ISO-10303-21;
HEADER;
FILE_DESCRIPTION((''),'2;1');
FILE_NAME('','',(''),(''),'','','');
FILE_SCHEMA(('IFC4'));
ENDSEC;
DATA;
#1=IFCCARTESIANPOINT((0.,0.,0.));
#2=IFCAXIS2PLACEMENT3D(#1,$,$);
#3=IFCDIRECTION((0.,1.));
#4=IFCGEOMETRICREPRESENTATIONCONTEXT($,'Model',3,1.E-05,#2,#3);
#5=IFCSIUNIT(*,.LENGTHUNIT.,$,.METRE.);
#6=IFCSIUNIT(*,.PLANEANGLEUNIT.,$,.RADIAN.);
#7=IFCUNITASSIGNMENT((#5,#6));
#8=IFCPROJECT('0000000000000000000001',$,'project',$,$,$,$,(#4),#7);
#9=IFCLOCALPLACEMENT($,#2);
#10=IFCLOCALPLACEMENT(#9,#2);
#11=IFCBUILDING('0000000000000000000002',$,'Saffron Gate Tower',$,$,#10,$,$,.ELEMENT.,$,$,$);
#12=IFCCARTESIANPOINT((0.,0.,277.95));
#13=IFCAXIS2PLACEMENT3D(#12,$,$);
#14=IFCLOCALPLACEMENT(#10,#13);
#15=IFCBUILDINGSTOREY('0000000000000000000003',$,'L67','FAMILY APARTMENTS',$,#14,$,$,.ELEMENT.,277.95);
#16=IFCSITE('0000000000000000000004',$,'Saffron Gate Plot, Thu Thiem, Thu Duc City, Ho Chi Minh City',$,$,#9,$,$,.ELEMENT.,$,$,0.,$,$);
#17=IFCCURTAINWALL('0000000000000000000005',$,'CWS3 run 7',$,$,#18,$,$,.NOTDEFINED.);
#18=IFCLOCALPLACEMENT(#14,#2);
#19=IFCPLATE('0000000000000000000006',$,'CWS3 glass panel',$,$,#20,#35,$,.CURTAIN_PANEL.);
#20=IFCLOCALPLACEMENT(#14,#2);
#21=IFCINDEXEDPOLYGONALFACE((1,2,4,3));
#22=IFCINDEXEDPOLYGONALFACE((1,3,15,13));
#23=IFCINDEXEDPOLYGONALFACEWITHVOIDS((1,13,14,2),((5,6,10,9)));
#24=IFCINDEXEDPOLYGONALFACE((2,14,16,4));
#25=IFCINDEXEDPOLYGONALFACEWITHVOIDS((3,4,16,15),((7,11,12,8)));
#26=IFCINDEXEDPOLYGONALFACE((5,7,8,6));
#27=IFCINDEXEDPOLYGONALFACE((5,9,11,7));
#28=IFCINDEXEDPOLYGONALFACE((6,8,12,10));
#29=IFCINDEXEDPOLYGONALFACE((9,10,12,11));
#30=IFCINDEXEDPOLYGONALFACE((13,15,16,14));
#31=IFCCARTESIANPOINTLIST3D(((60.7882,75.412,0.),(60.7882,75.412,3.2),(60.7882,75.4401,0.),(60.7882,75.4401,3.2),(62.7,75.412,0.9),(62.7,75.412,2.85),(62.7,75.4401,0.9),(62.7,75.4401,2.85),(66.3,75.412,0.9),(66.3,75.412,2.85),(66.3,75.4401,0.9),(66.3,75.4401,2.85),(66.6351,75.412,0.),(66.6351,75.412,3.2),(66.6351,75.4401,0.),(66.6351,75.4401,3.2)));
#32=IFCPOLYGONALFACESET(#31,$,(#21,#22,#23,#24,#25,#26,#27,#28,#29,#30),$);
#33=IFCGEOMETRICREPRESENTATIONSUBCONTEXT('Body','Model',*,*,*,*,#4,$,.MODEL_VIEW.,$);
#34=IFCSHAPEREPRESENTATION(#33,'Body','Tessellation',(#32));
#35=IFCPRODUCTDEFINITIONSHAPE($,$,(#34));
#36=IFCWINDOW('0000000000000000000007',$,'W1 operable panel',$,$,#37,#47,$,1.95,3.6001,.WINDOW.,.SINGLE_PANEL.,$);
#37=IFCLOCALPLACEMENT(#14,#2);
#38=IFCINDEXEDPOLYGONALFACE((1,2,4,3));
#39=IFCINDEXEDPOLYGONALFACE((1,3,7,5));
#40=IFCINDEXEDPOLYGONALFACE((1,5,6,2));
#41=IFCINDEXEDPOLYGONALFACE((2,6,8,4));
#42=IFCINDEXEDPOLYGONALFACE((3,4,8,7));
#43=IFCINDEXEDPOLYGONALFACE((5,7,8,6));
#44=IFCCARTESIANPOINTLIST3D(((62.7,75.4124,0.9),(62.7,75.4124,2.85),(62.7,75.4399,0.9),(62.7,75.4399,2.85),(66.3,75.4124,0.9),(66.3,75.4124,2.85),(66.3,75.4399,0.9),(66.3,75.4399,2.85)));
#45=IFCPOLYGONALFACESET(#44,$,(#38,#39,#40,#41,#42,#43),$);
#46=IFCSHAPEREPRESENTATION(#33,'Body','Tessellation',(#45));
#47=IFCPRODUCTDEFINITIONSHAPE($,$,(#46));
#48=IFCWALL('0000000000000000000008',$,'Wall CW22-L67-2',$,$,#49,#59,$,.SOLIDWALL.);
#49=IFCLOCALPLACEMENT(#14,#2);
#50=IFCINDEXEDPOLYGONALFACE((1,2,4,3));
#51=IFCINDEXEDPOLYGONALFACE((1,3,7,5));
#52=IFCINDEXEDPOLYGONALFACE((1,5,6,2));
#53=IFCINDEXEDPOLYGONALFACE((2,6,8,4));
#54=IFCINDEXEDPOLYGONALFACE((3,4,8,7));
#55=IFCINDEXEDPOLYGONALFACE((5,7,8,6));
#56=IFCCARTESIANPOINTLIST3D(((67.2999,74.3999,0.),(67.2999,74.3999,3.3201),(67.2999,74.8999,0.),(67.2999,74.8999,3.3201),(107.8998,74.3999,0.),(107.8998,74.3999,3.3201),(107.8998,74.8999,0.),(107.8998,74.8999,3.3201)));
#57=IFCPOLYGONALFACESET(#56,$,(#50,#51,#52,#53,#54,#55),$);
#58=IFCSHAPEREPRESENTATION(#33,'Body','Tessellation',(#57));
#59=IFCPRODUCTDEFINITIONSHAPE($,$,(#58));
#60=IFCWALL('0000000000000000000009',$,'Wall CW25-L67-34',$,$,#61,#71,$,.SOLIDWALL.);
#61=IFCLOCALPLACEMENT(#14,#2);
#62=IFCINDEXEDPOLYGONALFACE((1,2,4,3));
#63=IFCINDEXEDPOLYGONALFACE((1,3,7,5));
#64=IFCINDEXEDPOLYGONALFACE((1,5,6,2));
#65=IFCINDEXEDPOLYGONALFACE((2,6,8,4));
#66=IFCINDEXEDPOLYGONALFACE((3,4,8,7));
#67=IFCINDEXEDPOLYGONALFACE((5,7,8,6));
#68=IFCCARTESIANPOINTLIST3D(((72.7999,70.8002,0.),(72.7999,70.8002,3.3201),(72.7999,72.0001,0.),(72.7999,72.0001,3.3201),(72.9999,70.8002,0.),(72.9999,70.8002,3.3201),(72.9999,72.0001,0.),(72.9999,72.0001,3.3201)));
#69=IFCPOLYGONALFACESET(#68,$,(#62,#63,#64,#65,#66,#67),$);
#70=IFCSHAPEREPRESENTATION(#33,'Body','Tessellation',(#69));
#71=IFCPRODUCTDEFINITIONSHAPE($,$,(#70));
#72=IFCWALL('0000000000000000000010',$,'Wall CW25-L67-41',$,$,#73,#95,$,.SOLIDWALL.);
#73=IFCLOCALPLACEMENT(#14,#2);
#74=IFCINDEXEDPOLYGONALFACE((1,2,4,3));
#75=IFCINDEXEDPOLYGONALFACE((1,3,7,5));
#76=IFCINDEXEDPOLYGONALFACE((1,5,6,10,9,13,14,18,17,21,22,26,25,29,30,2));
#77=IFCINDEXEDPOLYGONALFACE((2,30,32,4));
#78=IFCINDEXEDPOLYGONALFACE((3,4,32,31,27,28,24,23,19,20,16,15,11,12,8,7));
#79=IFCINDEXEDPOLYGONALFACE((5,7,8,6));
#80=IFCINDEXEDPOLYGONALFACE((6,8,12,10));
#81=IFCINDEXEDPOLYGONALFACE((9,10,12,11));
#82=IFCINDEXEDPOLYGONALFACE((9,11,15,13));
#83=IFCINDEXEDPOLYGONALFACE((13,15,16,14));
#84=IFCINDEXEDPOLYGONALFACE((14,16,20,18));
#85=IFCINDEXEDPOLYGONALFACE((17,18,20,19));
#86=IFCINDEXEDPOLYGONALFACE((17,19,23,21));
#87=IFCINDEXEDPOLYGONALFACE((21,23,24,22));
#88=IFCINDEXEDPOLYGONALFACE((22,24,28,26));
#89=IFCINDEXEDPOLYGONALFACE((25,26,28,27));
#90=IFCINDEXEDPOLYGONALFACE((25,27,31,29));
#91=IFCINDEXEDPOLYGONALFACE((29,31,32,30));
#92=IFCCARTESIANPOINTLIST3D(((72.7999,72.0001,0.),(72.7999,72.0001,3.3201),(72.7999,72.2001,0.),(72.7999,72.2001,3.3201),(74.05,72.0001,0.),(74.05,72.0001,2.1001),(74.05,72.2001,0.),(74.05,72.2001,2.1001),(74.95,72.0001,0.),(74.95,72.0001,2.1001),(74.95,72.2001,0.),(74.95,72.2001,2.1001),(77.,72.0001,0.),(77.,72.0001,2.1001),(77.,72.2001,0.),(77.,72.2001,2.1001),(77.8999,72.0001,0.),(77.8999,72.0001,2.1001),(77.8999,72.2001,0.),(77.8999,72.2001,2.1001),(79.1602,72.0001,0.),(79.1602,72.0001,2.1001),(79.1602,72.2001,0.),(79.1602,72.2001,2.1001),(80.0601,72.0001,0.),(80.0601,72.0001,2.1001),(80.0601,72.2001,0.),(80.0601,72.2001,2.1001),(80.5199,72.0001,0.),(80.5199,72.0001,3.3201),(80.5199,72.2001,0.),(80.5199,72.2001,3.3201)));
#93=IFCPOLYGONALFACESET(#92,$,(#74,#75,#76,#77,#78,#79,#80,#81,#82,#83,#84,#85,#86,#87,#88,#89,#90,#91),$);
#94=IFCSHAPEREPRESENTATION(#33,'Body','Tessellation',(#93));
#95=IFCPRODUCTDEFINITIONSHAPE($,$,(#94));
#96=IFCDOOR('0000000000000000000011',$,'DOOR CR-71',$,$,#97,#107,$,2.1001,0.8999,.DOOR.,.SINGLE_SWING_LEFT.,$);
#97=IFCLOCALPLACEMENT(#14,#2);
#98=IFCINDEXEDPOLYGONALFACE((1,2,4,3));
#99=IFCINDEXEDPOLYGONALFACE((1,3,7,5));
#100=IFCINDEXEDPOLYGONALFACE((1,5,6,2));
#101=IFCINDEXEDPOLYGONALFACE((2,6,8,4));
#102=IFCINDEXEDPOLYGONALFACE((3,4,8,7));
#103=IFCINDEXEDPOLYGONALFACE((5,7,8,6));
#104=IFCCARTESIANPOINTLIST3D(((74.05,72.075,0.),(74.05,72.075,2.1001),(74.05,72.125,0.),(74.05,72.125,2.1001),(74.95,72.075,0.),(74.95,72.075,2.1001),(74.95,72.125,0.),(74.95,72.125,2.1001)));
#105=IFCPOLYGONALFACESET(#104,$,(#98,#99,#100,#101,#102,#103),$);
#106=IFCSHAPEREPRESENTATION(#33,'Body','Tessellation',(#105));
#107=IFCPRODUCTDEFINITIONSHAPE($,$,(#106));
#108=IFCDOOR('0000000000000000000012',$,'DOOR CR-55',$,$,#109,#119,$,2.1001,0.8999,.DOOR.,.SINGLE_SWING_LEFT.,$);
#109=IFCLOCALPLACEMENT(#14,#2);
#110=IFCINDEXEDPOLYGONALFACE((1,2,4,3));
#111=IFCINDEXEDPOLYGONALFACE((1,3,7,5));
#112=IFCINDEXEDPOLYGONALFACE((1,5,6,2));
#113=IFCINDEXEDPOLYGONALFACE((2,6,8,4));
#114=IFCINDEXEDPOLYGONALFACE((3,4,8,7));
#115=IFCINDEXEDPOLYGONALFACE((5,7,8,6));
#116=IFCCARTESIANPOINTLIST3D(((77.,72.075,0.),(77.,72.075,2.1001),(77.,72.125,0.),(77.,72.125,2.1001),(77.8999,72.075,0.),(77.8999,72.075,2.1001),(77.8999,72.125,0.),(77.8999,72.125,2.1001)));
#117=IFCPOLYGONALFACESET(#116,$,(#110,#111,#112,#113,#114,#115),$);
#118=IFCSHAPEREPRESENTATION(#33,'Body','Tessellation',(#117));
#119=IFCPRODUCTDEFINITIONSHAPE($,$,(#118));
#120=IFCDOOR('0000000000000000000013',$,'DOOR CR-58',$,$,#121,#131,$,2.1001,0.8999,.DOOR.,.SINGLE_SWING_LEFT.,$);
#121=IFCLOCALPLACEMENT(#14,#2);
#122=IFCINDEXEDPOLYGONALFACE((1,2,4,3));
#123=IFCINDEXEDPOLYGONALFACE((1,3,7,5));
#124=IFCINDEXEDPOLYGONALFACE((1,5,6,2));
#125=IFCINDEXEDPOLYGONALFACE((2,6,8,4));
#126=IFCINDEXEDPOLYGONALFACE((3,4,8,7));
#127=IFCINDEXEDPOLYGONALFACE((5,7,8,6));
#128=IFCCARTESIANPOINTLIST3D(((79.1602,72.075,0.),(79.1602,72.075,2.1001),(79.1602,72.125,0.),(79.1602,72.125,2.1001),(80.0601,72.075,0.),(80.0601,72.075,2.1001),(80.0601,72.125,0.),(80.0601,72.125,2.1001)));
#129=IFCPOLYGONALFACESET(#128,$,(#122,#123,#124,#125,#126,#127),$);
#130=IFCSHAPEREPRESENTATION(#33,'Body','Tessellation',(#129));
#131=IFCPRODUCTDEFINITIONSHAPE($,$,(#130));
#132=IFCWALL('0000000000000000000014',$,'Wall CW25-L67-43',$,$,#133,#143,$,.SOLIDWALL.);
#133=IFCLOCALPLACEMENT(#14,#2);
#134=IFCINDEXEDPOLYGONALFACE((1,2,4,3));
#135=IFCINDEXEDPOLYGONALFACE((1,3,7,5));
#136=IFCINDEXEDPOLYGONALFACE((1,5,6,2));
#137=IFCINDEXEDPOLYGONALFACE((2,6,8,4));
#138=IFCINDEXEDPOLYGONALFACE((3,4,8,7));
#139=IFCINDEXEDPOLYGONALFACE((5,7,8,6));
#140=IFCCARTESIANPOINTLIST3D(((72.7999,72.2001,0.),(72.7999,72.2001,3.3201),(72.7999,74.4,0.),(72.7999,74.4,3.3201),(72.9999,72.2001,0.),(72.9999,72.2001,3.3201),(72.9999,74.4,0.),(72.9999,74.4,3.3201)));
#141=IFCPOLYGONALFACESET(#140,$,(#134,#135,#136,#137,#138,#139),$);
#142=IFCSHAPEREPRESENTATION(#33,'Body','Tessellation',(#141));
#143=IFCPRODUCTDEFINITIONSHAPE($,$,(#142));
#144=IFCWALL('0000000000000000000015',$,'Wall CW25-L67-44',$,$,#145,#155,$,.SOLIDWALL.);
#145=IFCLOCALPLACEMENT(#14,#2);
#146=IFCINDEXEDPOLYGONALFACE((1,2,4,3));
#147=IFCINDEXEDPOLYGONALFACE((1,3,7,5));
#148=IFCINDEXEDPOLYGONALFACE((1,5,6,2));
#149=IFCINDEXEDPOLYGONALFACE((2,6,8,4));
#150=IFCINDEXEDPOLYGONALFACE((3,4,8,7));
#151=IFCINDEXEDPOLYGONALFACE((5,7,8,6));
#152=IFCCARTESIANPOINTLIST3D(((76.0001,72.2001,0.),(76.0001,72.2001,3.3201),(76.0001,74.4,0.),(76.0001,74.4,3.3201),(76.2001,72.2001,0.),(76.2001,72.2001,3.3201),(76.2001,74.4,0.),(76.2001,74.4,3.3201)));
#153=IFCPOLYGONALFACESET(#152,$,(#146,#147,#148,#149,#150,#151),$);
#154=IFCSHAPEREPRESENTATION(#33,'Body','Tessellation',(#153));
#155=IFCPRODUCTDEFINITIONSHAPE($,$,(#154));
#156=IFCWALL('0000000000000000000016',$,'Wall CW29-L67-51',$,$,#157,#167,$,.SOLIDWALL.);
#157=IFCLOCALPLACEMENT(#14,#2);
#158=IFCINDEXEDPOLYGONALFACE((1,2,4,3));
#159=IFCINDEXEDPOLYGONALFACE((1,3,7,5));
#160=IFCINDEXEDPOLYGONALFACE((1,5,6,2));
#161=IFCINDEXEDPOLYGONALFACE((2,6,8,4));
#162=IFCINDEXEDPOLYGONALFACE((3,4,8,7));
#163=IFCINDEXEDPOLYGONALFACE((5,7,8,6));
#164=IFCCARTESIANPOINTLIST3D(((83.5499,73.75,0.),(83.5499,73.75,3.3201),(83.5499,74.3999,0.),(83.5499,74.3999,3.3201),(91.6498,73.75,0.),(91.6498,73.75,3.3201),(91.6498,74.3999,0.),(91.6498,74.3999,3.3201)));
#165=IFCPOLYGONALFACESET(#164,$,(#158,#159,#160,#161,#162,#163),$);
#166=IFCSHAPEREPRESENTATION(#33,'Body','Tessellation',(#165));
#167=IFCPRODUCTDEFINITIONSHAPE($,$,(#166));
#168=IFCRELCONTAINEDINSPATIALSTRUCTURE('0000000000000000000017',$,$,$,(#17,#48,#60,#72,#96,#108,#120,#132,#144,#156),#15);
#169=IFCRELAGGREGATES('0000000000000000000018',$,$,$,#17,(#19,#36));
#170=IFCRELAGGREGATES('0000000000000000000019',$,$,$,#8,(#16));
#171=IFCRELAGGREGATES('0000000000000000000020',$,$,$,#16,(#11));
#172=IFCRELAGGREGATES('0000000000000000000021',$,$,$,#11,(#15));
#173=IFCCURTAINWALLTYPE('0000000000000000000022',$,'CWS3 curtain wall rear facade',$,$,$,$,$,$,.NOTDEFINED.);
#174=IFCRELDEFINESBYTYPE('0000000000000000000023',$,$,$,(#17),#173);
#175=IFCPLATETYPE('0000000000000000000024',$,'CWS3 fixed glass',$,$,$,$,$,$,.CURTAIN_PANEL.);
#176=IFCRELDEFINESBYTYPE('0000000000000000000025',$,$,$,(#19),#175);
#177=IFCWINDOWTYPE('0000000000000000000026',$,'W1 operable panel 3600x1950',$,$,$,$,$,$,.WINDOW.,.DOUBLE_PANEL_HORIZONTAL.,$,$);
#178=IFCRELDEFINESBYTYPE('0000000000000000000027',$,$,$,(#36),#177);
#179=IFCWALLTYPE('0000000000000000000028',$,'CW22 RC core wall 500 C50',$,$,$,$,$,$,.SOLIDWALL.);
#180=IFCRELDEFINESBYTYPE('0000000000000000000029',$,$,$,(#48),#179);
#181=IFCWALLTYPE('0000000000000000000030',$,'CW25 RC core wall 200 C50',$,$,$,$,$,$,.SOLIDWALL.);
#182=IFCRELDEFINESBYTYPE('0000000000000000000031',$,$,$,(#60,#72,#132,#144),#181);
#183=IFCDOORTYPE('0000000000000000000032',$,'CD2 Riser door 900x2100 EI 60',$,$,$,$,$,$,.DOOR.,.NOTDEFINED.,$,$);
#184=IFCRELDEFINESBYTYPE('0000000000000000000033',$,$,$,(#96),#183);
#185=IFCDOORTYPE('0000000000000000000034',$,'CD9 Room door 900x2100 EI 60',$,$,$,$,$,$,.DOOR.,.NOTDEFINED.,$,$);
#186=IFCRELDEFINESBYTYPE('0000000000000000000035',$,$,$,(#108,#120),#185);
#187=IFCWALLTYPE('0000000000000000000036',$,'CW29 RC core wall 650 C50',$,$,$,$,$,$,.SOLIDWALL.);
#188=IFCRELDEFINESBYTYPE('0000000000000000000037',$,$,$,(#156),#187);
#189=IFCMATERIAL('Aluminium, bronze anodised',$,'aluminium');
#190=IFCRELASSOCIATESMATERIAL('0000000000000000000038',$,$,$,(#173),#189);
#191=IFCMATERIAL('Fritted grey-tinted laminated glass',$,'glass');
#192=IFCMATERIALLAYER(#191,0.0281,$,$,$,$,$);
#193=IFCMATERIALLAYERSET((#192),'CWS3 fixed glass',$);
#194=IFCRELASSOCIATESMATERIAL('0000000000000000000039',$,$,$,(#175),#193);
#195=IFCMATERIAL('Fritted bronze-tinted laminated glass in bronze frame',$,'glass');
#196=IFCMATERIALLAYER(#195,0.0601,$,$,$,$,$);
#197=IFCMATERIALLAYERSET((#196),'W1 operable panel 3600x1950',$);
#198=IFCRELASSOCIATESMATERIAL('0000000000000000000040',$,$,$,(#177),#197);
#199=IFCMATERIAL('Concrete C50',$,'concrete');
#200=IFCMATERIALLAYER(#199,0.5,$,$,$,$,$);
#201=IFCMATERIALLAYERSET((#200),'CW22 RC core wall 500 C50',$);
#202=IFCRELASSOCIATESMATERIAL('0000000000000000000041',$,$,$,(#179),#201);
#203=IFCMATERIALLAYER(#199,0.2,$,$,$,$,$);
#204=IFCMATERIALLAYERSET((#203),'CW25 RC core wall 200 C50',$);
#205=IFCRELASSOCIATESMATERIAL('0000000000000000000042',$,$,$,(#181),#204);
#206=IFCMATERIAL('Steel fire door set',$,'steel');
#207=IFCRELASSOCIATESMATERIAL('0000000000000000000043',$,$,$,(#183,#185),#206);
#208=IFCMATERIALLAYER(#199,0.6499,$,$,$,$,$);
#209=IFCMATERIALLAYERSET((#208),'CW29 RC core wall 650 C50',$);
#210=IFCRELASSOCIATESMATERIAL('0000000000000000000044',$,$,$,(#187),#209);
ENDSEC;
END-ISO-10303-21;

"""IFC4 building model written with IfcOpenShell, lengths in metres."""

from ifc_helpers import new_model, si_unit, direction, frame, frame_2d, origin, place, context, subcontext, project, spatial, rectangle, extrude, material, layer, layer_set, type_object, element, fill, aggregate, save


model = new_model("IFC4")

# Units and contexts
model_context = context("Model", 3, precision=1e-05, world=origin(), true_north=direction((0.0, 1.0)))
body_context = subcontext(model_context, "Body", "Model", "MODEL_VIEW")
ifc_project = project(units=[si_unit("LENGTHUNIT", "METRE"), si_unit("PLANEANGLEUNIT", "RADIAN")], contexts=[model_context])

# Site, building, storey
site_placement = place(None, origin())
site = spatial("IfcSite", under=ifc_project, at=site_placement, Name="Saffron Gate Plot, Thu Thiem, Thu Duc City, Ho Chi Minh City", CompositionType="ELEMENT", RefElevation=0.0)
building_placement = place(site_placement, origin())
building = spatial("IfcBuilding", under=site, at=building_placement, Name="Saffron Gate Tower", CompositionType="ELEMENT")
storey_placement = place(building_placement, frame((0.0, 0.0, 277.95)))
storey = spatial("IfcBuildingStorey", under=building, at=storey_placement, Name="L67", Description="FAMILY APARTMENTS", CompositionType="ELEMENT", Elevation=277.95)

# Curtain wall, plate, opening, window
ifc_material_1 = material(Name="Aluminium, bronze anodised", Category="aluminium")
curtain_wall_type = type_object("IfcCurtainWallType", Name="CWS3 curtain wall rear facade", PredefinedType="NOTDEFINED", material=ifc_material_1)
curtain_wall_placement = place(storey_placement, origin())
curtain_wall = element("IfcCurtainWall", 1, at=curtain_wall_placement, inside=storey, type_object=curtain_wall_type, Name="CWS3 run 7", PredefinedType="NOTDEFINED")
ifc_material_2 = material(Name="Fritted grey-tinted laminated glass", Category="glass")
ifc_layer_1 = layer(ifc_material_2, 0.0281)
ifc_layer_set_1 = layer_set([ifc_layer_1], Name="CWS3 fixed glass")
plate_type = type_object("IfcPlateType", Name="CWS3 fixed glass", PredefinedType="CURTAIN_PANEL", material=ifc_layer_set_1)
plate_placement = place(storey_placement, frame((66.635, 75.426, 0.0), z_axis=(0.0, 0.0, 1.0), x_axis=(-1.0, 0.0, 0.0)))
plate = element("IfcPlate", 2, at=plate_placement, type_object=plate_type, Name="CWS3 glass panel", PredefinedType="CURTAIN_PANEL", context=body_context, shape_type="SweptSolid", body=[
    extrude(rectangle(XDim=5.8469, YDim=0.0281, at=frame_2d((2.9233, 0.0))), origin(), (0.0, 0.0, 1.0), 3.2),
])
opening_1_placement = place(plate_placement, frame((0.335, 0.0, 0.8999)))
opening_1 = element("IfcOpeningElement", 3, at=opening_1_placement, cuts=plate, PredefinedType="OPENING", context=body_context, shape_type="SweptSolid", body=[
    extrude(rectangle(XDim=3.6001, YDim=1.95, at=frame_2d((1.8, 0.9751))), frame((0.0, 0.0239, 0.0), z_axis=(0.0, -1.0, 0.0), x_axis=(1.0, 0.0, 0.0)), (0.0, 0.0, 1.0), 0.0481),
])
ifc_material_3 = material(Name="Fritted bronze-tinted laminated glass in bronze frame", Category="glass")
ifc_layer_2 = layer(ifc_material_3, 0.0601)
ifc_layer_set_2 = layer_set([ifc_layer_2], Name="W1 operable panel 3600x1950")
window_type = type_object("IfcWindowType", Name="W1 operable panel 3600x1950", PartitioningType="DOUBLE_PANEL_HORIZONTAL", PredefinedType="WINDOW", material=ifc_layer_set_2)
window_placement = place(opening_1_placement, origin())
window = element("IfcWindow", 4, at=window_placement, type_object=window_type, Name="W1 operable panel", OverallHeight=1.95, OverallWidth=3.6001, PartitioningType="SINGLE_PANEL", PredefinedType="WINDOW", context=body_context, shape_type="SweptSolid", body=[
    extrude(rectangle(XDim=3.6001, YDim=1.95, at=frame_2d((1.8, 0.9751))), frame((0.0, 0.0137, 0.0), z_axis=(0.0, -1.0, 0.0), x_axis=(1.0, 0.0, 0.0)), (0.0, 0.0, 1.0), 0.0276),
])
fill(opening_1, window)
aggregate(curtain_wall, [plate, window])

# Walls
ifc_material_4 = material(Name="Concrete C50", Category="concrete")
ifc_layer_3 = layer(ifc_material_4, 0.5)
ifc_layer_set_3 = layer_set([ifc_layer_3], Name="CW22 RC core wall 500 C50")
wall_type_1 = type_object("IfcWallType", Name="CW22 RC core wall 500 C50", PredefinedType="SOLIDWALL", material=ifc_layer_set_3)
wall_1_placement = place(storey_placement, frame((67.3, 74.6499, 0.0), z_axis=(0.0, 0.0, 1.0), x_axis=(1.0, 0.0, 0.0)))
element("IfcWall", 5, at=wall_1_placement, inside=storey, type_object=wall_type_1, Name="Wall CW22-L67-2", PredefinedType="SOLIDWALL", context=body_context, shape_type="SweptSolid", body=[
    extrude(rectangle(XDim=40.5999, YDim=0.5, at=frame_2d((20.2998, 0.0))), origin(), (0.0, 0.0, 1.0), 3.3201),
])
ifc_layer_4 = layer(ifc_material_4, 0.2)
ifc_layer_set_4 = layer_set([ifc_layer_4], Name="CW25 RC core wall 200 C50")
wall_type_2 = type_object("IfcWallType", Name="CW25 RC core wall 200 C50", PredefinedType="SOLIDWALL", material=ifc_layer_set_4)
wall_2_placement = place(storey_placement, frame((72.8999, 70.8, 0.0), z_axis=(0.0, 0.0, 1.0), x_axis=(0.0, 1.0, 0.0)))
element("IfcWall", 6, at=wall_2_placement, inside=storey, type_object=wall_type_2, Name="Wall CW25-L67-34", PredefinedType="SOLIDWALL", context=body_context, shape_type="SweptSolid", body=[
    extrude(rectangle(XDim=1.2, YDim=0.2, at=frame_2d((0.6001, 0.0))), origin(), (0.0, 0.0, 1.0), 3.3201),
])

# Wall, openings, doors
wall_3_placement = place(storey_placement, frame((72.8, 72.1001, 0.0), z_axis=(0.0, 0.0, 1.0), x_axis=(1.0, 0.0, 0.0)))
wall_3 = element("IfcWall", 7, at=wall_3_placement, inside=storey, type_object=wall_type_2, Name="Wall CW25-L67-41", PredefinedType="SOLIDWALL", context=body_context, shape_type="SweptSolid", body=[
    extrude(rectangle(XDim=7.72, YDim=0.2, at=frame_2d((3.8599, 0.0))), origin(), (0.0, 0.0, 1.0), 3.3201),
])
opening_2_placement = place(wall_3_placement, frame((1.25, 0.0, 0.0)))
opening_2 = element("IfcOpeningElement", 8, at=opening_2_placement, cuts=wall_3, PredefinedType="OPENING", context=body_context, shape_type="SweptSolid", body=[
    extrude(rectangle(XDim=0.8999, YDim=2.1001, at=frame_2d((0.45, 1.05))), frame((0.0, 0.1099, 0.0), z_axis=(0.0, -1.0, 0.0), x_axis=(1.0, 0.0, 0.0)), (0.0, 0.0, 1.0), 0.22),
])
opening_3_placement = place(wall_3_placement, frame((4.2, 0.0, 0.0)))
opening_3 = element("IfcOpeningElement", 9, at=opening_3_placement, cuts=wall_3, PredefinedType="OPENING", context=body_context, shape_type="SweptSolid", body=[
    extrude(rectangle(XDim=0.8999, YDim=2.1001, at=frame_2d((0.45, 1.05))), frame((0.0, 0.1099, 0.0), z_axis=(0.0, -1.0, 0.0), x_axis=(1.0, 0.0, 0.0)), (0.0, 0.0, 1.0), 0.22),
])
opening_4_placement = place(wall_3_placement, frame((6.3601, 0.0, 0.0)))
opening_4 = element("IfcOpeningElement", 10, at=opening_4_placement, cuts=wall_3, PredefinedType="OPENING", context=body_context, shape_type="SweptSolid", body=[
    extrude(rectangle(XDim=0.8999, YDim=2.1001, at=frame_2d((0.45, 1.05))), frame((0.0, 0.1099, 0.0), z_axis=(0.0, -1.0, 0.0), x_axis=(1.0, 0.0, 0.0)), (0.0, 0.0, 1.0), 0.22),
])
ifc_material_5 = material(Name="Steel fire door set", Category="steel")
door_type_1 = type_object("IfcDoorType", Name="CD2 Riser door 900x2100 EI 60", OperationType="NOTDEFINED", PredefinedType="DOOR", material=ifc_material_5)
door_1_placement = place(opening_2_placement, origin())
door_1 = element("IfcDoor", 11, at=door_1_placement, inside=storey, type_object=door_type_1, Name="DOOR CR-71", OperationType="SINGLE_SWING_LEFT", OverallHeight=2.1001, OverallWidth=0.8999, PredefinedType="DOOR", context=body_context, shape_type="SweptSolid", body=[
    extrude(rectangle(XDim=0.8999, YDim=2.1001, at=frame_2d((0.45, 1.05))), frame((0.0, 0.0249, 0.0), z_axis=(0.0, -1.0, 0.0), x_axis=(1.0, 0.0, 0.0)), (0.0, 0.0, 1.0), 0.05),
])
fill(opening_2, door_1)
door_type_2 = type_object("IfcDoorType", Name="CD9 Room door 900x2100 EI 60", OperationType="NOTDEFINED", PredefinedType="DOOR", material=ifc_material_5)
door_2_placement = place(opening_3_placement, origin())
door_2 = element("IfcDoor", 12, at=door_2_placement, inside=storey, type_object=door_type_2, Name="DOOR CR-55", OperationType="SINGLE_SWING_LEFT", OverallHeight=2.1001, OverallWidth=0.8999, PredefinedType="DOOR", context=body_context, shape_type="SweptSolid", body=[
    extrude(rectangle(XDim=0.8999, YDim=2.1001, at=frame_2d((0.45, 1.05))), frame((0.0, 0.0249, 0.0), z_axis=(0.0, -1.0, 0.0), x_axis=(1.0, 0.0, 0.0)), (0.0, 0.0, 1.0), 0.05),
])
fill(opening_3, door_2)
door_3_placement = place(opening_4_placement, origin())
door_3 = element("IfcDoor", 13, at=door_3_placement, inside=storey, type_object=door_type_2, Name="DOOR CR-58", OperationType="SINGLE_SWING_LEFT", OverallHeight=2.1001, OverallWidth=0.8999, PredefinedType="DOOR", context=body_context, shape_type="SweptSolid", body=[
    extrude(rectangle(XDim=0.8999, YDim=2.1001, at=frame_2d((0.45, 1.05))), frame((0.0, 0.0249, 0.0), z_axis=(0.0, -1.0, 0.0), x_axis=(1.0, 0.0, 0.0)), (0.0, 0.0, 1.0), 0.05),
])
fill(opening_4, door_3)

# Walls
for number, where, z_axis, x_axis, name in (
    (14, (72.8999, 72.2, 0.0), (0.0, 0.0, 1.0), (0.0, 1.0, 0.0), "Wall CW25-L67-43"),
    (15, (76.1001, 72.2, 0.0), (0.0, 0.0, 1.0), (0.0, 1.0, 0.0), "Wall CW25-L67-44"),
):
    element("IfcWall", number, at=place(storey_placement, frame(where, z_axis=z_axis, x_axis=x_axis)), inside=storey, type_object=wall_type_2, Name=name, PredefinedType="SOLIDWALL", context=body_context, shape_type="SweptSolid", body=[
        extrude(rectangle(XDim=2.2, YDim=0.2, at=frame_2d((1.1001, 0.0))), origin(), (0.0, 0.0, 1.0), 3.3201),
    ])
ifc_layer_5 = layer(ifc_material_4, 0.6499)
ifc_layer_set_5 = layer_set([ifc_layer_5], Name="CW29 RC core wall 650 C50")
wall_type_3 = type_object("IfcWallType", Name="CW29 RC core wall 650 C50", PredefinedType="SOLIDWALL", material=ifc_layer_set_5)
wall_4_placement = place(storey_placement, frame((83.55, 74.075, 0.0), z_axis=(0.0, 0.0, 1.0), x_axis=(1.0, 0.0, 0.0)))
element("IfcWall", 16, at=wall_4_placement, inside=storey, type_object=wall_type_3, Name="Wall CW29-L67-51", PredefinedType="SOLIDWALL", context=body_context, shape_type="SweptSolid", body=[
    extrude(rectangle(XDim=8.0999, YDim=0.6499, at=frame_2d((4.0498, 0.0))), origin(), (0.0, 0.0, 1.0), 3.3201),
])

save(model, "model.ifc")
